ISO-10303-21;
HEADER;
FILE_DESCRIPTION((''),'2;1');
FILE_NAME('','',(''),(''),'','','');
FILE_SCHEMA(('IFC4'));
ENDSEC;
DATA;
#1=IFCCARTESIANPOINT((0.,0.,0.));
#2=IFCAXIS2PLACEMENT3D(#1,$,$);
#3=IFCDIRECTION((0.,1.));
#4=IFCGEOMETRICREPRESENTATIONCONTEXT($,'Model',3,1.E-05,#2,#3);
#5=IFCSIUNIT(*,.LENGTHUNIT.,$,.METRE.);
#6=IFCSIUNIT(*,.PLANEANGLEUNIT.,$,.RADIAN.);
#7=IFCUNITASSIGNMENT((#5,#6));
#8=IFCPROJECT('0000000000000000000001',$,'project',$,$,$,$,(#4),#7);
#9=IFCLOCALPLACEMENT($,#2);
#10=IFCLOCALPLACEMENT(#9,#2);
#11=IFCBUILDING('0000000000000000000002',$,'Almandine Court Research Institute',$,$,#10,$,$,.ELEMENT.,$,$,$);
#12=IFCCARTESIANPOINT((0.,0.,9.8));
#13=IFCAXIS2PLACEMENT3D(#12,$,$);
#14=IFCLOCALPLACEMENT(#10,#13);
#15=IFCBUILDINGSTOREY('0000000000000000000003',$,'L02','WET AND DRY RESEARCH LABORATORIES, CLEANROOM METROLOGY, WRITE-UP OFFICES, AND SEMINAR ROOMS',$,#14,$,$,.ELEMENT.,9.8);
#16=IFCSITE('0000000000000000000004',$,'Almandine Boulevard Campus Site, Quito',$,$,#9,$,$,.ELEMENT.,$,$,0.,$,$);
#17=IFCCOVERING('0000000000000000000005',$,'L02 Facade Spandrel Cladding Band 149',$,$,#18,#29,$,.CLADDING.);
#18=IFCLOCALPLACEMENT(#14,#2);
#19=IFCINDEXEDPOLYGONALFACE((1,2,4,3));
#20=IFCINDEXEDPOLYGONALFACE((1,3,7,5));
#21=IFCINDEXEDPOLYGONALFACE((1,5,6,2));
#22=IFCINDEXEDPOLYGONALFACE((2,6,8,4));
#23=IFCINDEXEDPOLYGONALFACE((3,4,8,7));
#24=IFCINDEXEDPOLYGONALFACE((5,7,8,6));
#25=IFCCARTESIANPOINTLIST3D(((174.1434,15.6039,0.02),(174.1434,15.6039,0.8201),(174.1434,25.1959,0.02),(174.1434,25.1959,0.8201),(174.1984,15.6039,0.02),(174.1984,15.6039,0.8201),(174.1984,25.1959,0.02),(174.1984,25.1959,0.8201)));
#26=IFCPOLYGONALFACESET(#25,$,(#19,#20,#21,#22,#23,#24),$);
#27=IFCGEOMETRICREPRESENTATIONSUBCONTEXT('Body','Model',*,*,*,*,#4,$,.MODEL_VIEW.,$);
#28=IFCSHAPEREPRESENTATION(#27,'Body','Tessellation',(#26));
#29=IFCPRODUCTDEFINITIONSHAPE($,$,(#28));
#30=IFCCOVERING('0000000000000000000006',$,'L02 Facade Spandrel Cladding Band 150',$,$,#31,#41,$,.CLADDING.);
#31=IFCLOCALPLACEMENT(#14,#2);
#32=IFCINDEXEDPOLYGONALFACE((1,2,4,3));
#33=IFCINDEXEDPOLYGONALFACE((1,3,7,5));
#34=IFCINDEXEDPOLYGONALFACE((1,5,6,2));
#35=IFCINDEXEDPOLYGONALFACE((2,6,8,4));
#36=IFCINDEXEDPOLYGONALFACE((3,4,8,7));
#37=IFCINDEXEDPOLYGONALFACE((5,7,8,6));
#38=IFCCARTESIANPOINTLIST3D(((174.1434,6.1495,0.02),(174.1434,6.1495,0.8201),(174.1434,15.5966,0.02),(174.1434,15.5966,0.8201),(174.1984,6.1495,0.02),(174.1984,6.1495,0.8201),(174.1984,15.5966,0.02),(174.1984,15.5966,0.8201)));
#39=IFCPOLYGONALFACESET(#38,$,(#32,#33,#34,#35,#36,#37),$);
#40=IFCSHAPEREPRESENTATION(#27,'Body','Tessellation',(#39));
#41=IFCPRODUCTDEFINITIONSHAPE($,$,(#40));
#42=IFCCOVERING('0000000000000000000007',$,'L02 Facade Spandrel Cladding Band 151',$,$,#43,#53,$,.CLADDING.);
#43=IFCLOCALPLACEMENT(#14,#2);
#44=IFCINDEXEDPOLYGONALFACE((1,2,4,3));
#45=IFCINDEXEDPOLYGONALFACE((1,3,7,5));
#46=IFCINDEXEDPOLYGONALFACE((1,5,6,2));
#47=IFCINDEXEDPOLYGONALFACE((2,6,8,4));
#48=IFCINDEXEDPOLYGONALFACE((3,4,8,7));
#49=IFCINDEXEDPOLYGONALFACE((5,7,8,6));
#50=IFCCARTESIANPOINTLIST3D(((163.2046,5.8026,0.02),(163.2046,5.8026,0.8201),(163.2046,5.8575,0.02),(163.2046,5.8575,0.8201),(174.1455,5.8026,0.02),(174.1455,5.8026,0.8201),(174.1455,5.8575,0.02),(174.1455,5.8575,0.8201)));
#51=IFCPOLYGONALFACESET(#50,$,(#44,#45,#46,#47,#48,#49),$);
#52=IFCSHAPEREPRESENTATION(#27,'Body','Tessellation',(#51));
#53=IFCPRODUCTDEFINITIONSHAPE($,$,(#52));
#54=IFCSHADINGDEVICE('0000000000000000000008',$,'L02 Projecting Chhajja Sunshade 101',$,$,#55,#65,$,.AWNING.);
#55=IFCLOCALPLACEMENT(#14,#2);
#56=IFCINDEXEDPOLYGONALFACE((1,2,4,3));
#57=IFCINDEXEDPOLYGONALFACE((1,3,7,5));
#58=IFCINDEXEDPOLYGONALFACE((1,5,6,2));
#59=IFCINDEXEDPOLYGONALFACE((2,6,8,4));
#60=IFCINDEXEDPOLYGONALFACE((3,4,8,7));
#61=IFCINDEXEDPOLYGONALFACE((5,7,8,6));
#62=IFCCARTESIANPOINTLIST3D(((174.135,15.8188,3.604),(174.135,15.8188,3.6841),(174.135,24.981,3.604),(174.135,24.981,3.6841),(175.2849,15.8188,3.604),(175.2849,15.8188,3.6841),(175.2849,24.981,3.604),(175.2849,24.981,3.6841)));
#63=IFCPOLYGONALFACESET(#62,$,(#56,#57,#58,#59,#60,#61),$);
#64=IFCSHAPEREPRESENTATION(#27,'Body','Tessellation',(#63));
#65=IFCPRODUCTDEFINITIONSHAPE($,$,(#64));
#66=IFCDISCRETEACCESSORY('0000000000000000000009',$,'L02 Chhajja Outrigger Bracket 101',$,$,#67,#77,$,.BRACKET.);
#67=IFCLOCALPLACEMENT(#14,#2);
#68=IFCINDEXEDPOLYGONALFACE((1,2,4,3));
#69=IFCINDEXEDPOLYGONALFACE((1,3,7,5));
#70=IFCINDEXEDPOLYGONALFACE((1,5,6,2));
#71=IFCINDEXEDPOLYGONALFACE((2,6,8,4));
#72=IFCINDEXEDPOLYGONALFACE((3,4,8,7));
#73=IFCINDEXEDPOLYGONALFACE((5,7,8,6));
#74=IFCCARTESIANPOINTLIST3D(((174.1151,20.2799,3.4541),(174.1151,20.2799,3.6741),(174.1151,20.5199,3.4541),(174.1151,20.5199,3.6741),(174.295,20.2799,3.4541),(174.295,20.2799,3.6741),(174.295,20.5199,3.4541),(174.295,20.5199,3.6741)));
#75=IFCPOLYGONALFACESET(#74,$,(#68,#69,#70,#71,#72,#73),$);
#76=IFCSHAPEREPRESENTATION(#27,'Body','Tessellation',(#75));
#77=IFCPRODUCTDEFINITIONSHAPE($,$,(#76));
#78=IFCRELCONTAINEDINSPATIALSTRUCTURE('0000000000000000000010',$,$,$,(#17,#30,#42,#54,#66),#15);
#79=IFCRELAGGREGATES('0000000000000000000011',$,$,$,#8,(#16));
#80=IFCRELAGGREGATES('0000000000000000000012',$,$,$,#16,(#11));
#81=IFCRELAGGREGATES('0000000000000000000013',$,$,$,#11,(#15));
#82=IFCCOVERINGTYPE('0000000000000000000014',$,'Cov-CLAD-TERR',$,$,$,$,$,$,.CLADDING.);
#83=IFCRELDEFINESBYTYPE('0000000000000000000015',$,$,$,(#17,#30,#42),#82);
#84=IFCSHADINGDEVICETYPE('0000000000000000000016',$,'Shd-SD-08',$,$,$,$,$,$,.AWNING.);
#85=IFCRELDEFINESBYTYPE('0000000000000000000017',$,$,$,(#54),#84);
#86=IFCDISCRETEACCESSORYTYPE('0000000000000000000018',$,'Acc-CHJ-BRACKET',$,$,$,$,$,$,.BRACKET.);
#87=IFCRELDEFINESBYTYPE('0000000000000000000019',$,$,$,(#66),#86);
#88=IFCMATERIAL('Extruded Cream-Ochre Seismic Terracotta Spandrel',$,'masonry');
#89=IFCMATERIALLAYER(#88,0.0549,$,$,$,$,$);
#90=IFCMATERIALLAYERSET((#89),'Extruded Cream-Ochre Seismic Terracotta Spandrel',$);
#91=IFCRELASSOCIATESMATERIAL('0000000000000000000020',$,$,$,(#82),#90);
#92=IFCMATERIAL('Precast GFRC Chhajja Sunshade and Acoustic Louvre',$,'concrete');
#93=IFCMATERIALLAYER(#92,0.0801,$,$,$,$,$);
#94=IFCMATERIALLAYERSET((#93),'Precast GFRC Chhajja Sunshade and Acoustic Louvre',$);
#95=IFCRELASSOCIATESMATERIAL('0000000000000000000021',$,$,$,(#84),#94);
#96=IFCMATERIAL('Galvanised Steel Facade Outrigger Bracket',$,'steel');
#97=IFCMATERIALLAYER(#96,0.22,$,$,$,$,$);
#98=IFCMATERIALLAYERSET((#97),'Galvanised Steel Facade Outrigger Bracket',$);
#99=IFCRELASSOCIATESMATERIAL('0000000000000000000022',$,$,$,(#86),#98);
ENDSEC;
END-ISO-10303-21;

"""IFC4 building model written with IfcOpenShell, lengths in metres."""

from ifc_helpers import new_model, si_unit, direction, frame, origin, origin_2d, place, context, subcontext, project, spatial, rectangle, extrude, material, layer, layer_set, type_object, element, save


model = new_model("IFC4")

# Units and contexts
model_context = context("Model", 3, precision=1e-05, world=origin(), true_north=direction((0.0, 1.0)))
body_context = subcontext(model_context, "Body", "Model", "MODEL_VIEW")
ifc_project = project(units=[si_unit("LENGTHUNIT", "METRE"), si_unit("PLANEANGLEUNIT", "RADIAN")], contexts=[model_context])

# Site, building, storey
site_placement = place(None, origin())
site = spatial("IfcSite", under=ifc_project, at=site_placement, Name="Almandine Boulevard Campus Site, Quito", CompositionType="ELEMENT", RefElevation=0.0)
building_placement = place(site_placement, origin())
building = spatial("IfcBuilding", under=site, at=building_placement, Name="Almandine Court Research Institute", CompositionType="ELEMENT")
storey_placement = place(building_placement, frame((0.0, 0.0, 9.8)))
storey = spatial("IfcBuildingStorey", under=building, at=storey_placement, Name="L02", Description="WET AND DRY RESEARCH LABORATORIES, CLEANROOM METROLOGY, WRITE-UP OFFICES, AND SEMINAR ROOMS", CompositionType="ELEMENT", Elevation=9.8)

# Coverings
ifc_material_1 = material(Name="Extruded Cream-Ochre Seismic Terracotta Spandrel", Category="masonry")
ifc_layer_1 = layer(ifc_material_1, 0.0549)
ifc_layer_set_1 = layer_set([ifc_layer_1], Name="Extruded Cream-Ochre Seismic Terracotta Spandrel")
covering_type = type_object("IfcCoveringType", Name="Cov-CLAD-TERR", PredefinedType="CLADDING", material=ifc_layer_set_1)
covering_1_placement = place(storey_placement, frame((174.1709, 20.3999, 0.02), z_axis=(0.0, 0.0, 1.0), x_axis=(0.0, -1.0, 0.0)))
element("IfcCovering", 1, at=covering_1_placement, inside=storey, type_object=covering_type, Name="L02 Facade Spandrel Cladding Band 149", PredefinedType="CLADDING", context=body_context, shape_type="SweptSolid", body=[
    extrude(rectangle(XDim=9.592, YDim=0.0549, at=origin_2d()), origin(), (0.0, 0.0, 1.0), 0.8),
])
covering_2_placement = place(storey_placement, frame((174.1709, 10.873, 0.02), z_axis=(0.0, 0.0, 1.0), x_axis=(0.0, -1.0, 0.0)))
element("IfcCovering", 2, at=covering_2_placement, inside=storey, type_object=covering_type, Name="L02 Facade Spandrel Cladding Band 150", PredefinedType="CLADDING", context=body_context, shape_type="SweptSolid", body=[
    extrude(rectangle(XDim=9.447, YDim=0.0549, at=origin_2d()), origin(), (0.0, 0.0, 1.0), 0.8),
])
covering_3_placement = place(storey_placement, frame((168.675, 5.8301, 0.02), z_axis=(0.0, 0.0, 1.0), x_axis=(-1.0, 0.0, 0.0)))
element("IfcCovering", 3, at=covering_3_placement, inside=storey, type_object=covering_type, Name="L02 Facade Spandrel Cladding Band 151", PredefinedType="CLADDING", context=body_context, shape_type="SweptSolid", body=[
    extrude(rectangle(XDim=10.9409, YDim=0.0549, at=origin_2d()), origin(), (0.0, 0.0, 1.0), 0.8),
])

# Shading device
ifc_material_2 = material(Name="Precast GFRC Chhajja Sunshade and Acoustic Louvre", Category="concrete")
ifc_layer_2 = layer(ifc_material_2, 0.0801)
ifc_layer_set_2 = layer_set([ifc_layer_2], Name="Precast GFRC Chhajja Sunshade and Acoustic Louvre")
shading_device_type = type_object("IfcShadingDeviceType", Name="Shd-SD-08", PredefinedType="AWNING", material=ifc_layer_set_2)
shading_device_placement = place(storey_placement, frame((174.71, 20.3999, 3.604), z_axis=(0.0, 0.0, 1.0), x_axis=(0.0, -1.0, 0.0)))
element("IfcShadingDevice", 4, at=shading_device_placement, inside=storey, type_object=shading_device_type, Name="L02 Projecting Chhajja Sunshade 101", PredefinedType="AWNING", context=body_context, shape_type="SweptSolid", body=[
    extrude(rectangle(XDim=9.1621, YDim=1.1499, at=origin_2d()), origin(), (0.0, 0.0, 1.0), 0.0801),
])

# Discrete accessory
ifc_material_3 = material(Name="Galvanised Steel Facade Outrigger Bracket", Category="steel")
ifc_layer_3 = layer(ifc_material_3, 0.22)
ifc_layer_set_3 = layer_set([ifc_layer_3], Name="Galvanised Steel Facade Outrigger Bracket")
discrete_accessory_type = type_object("IfcDiscreteAccessoryType", Name="Acc-CHJ-BRACKET", PredefinedType="BRACKET", material=ifc_layer_set_3)
discrete_accessory_placement = place(storey_placement, frame((174.2051, 20.3999, 3.4541), z_axis=(0.0, 0.0, 1.0), x_axis=(0.0, -1.0, 0.0)))
element("IfcDiscreteAccessory", 5, at=discrete_accessory_placement, inside=storey, type_object=discrete_accessory_type, Name="L02 Chhajja Outrigger Bracket 101", PredefinedType="BRACKET", context=body_context, shape_type="SweptSolid", body=[
    extrude(rectangle(XDim=0.24, YDim=0.1799, at=origin_2d()), origin(), (0.0, 0.0, 1.0), 0.22),
])

save(model, "model.ifc")
